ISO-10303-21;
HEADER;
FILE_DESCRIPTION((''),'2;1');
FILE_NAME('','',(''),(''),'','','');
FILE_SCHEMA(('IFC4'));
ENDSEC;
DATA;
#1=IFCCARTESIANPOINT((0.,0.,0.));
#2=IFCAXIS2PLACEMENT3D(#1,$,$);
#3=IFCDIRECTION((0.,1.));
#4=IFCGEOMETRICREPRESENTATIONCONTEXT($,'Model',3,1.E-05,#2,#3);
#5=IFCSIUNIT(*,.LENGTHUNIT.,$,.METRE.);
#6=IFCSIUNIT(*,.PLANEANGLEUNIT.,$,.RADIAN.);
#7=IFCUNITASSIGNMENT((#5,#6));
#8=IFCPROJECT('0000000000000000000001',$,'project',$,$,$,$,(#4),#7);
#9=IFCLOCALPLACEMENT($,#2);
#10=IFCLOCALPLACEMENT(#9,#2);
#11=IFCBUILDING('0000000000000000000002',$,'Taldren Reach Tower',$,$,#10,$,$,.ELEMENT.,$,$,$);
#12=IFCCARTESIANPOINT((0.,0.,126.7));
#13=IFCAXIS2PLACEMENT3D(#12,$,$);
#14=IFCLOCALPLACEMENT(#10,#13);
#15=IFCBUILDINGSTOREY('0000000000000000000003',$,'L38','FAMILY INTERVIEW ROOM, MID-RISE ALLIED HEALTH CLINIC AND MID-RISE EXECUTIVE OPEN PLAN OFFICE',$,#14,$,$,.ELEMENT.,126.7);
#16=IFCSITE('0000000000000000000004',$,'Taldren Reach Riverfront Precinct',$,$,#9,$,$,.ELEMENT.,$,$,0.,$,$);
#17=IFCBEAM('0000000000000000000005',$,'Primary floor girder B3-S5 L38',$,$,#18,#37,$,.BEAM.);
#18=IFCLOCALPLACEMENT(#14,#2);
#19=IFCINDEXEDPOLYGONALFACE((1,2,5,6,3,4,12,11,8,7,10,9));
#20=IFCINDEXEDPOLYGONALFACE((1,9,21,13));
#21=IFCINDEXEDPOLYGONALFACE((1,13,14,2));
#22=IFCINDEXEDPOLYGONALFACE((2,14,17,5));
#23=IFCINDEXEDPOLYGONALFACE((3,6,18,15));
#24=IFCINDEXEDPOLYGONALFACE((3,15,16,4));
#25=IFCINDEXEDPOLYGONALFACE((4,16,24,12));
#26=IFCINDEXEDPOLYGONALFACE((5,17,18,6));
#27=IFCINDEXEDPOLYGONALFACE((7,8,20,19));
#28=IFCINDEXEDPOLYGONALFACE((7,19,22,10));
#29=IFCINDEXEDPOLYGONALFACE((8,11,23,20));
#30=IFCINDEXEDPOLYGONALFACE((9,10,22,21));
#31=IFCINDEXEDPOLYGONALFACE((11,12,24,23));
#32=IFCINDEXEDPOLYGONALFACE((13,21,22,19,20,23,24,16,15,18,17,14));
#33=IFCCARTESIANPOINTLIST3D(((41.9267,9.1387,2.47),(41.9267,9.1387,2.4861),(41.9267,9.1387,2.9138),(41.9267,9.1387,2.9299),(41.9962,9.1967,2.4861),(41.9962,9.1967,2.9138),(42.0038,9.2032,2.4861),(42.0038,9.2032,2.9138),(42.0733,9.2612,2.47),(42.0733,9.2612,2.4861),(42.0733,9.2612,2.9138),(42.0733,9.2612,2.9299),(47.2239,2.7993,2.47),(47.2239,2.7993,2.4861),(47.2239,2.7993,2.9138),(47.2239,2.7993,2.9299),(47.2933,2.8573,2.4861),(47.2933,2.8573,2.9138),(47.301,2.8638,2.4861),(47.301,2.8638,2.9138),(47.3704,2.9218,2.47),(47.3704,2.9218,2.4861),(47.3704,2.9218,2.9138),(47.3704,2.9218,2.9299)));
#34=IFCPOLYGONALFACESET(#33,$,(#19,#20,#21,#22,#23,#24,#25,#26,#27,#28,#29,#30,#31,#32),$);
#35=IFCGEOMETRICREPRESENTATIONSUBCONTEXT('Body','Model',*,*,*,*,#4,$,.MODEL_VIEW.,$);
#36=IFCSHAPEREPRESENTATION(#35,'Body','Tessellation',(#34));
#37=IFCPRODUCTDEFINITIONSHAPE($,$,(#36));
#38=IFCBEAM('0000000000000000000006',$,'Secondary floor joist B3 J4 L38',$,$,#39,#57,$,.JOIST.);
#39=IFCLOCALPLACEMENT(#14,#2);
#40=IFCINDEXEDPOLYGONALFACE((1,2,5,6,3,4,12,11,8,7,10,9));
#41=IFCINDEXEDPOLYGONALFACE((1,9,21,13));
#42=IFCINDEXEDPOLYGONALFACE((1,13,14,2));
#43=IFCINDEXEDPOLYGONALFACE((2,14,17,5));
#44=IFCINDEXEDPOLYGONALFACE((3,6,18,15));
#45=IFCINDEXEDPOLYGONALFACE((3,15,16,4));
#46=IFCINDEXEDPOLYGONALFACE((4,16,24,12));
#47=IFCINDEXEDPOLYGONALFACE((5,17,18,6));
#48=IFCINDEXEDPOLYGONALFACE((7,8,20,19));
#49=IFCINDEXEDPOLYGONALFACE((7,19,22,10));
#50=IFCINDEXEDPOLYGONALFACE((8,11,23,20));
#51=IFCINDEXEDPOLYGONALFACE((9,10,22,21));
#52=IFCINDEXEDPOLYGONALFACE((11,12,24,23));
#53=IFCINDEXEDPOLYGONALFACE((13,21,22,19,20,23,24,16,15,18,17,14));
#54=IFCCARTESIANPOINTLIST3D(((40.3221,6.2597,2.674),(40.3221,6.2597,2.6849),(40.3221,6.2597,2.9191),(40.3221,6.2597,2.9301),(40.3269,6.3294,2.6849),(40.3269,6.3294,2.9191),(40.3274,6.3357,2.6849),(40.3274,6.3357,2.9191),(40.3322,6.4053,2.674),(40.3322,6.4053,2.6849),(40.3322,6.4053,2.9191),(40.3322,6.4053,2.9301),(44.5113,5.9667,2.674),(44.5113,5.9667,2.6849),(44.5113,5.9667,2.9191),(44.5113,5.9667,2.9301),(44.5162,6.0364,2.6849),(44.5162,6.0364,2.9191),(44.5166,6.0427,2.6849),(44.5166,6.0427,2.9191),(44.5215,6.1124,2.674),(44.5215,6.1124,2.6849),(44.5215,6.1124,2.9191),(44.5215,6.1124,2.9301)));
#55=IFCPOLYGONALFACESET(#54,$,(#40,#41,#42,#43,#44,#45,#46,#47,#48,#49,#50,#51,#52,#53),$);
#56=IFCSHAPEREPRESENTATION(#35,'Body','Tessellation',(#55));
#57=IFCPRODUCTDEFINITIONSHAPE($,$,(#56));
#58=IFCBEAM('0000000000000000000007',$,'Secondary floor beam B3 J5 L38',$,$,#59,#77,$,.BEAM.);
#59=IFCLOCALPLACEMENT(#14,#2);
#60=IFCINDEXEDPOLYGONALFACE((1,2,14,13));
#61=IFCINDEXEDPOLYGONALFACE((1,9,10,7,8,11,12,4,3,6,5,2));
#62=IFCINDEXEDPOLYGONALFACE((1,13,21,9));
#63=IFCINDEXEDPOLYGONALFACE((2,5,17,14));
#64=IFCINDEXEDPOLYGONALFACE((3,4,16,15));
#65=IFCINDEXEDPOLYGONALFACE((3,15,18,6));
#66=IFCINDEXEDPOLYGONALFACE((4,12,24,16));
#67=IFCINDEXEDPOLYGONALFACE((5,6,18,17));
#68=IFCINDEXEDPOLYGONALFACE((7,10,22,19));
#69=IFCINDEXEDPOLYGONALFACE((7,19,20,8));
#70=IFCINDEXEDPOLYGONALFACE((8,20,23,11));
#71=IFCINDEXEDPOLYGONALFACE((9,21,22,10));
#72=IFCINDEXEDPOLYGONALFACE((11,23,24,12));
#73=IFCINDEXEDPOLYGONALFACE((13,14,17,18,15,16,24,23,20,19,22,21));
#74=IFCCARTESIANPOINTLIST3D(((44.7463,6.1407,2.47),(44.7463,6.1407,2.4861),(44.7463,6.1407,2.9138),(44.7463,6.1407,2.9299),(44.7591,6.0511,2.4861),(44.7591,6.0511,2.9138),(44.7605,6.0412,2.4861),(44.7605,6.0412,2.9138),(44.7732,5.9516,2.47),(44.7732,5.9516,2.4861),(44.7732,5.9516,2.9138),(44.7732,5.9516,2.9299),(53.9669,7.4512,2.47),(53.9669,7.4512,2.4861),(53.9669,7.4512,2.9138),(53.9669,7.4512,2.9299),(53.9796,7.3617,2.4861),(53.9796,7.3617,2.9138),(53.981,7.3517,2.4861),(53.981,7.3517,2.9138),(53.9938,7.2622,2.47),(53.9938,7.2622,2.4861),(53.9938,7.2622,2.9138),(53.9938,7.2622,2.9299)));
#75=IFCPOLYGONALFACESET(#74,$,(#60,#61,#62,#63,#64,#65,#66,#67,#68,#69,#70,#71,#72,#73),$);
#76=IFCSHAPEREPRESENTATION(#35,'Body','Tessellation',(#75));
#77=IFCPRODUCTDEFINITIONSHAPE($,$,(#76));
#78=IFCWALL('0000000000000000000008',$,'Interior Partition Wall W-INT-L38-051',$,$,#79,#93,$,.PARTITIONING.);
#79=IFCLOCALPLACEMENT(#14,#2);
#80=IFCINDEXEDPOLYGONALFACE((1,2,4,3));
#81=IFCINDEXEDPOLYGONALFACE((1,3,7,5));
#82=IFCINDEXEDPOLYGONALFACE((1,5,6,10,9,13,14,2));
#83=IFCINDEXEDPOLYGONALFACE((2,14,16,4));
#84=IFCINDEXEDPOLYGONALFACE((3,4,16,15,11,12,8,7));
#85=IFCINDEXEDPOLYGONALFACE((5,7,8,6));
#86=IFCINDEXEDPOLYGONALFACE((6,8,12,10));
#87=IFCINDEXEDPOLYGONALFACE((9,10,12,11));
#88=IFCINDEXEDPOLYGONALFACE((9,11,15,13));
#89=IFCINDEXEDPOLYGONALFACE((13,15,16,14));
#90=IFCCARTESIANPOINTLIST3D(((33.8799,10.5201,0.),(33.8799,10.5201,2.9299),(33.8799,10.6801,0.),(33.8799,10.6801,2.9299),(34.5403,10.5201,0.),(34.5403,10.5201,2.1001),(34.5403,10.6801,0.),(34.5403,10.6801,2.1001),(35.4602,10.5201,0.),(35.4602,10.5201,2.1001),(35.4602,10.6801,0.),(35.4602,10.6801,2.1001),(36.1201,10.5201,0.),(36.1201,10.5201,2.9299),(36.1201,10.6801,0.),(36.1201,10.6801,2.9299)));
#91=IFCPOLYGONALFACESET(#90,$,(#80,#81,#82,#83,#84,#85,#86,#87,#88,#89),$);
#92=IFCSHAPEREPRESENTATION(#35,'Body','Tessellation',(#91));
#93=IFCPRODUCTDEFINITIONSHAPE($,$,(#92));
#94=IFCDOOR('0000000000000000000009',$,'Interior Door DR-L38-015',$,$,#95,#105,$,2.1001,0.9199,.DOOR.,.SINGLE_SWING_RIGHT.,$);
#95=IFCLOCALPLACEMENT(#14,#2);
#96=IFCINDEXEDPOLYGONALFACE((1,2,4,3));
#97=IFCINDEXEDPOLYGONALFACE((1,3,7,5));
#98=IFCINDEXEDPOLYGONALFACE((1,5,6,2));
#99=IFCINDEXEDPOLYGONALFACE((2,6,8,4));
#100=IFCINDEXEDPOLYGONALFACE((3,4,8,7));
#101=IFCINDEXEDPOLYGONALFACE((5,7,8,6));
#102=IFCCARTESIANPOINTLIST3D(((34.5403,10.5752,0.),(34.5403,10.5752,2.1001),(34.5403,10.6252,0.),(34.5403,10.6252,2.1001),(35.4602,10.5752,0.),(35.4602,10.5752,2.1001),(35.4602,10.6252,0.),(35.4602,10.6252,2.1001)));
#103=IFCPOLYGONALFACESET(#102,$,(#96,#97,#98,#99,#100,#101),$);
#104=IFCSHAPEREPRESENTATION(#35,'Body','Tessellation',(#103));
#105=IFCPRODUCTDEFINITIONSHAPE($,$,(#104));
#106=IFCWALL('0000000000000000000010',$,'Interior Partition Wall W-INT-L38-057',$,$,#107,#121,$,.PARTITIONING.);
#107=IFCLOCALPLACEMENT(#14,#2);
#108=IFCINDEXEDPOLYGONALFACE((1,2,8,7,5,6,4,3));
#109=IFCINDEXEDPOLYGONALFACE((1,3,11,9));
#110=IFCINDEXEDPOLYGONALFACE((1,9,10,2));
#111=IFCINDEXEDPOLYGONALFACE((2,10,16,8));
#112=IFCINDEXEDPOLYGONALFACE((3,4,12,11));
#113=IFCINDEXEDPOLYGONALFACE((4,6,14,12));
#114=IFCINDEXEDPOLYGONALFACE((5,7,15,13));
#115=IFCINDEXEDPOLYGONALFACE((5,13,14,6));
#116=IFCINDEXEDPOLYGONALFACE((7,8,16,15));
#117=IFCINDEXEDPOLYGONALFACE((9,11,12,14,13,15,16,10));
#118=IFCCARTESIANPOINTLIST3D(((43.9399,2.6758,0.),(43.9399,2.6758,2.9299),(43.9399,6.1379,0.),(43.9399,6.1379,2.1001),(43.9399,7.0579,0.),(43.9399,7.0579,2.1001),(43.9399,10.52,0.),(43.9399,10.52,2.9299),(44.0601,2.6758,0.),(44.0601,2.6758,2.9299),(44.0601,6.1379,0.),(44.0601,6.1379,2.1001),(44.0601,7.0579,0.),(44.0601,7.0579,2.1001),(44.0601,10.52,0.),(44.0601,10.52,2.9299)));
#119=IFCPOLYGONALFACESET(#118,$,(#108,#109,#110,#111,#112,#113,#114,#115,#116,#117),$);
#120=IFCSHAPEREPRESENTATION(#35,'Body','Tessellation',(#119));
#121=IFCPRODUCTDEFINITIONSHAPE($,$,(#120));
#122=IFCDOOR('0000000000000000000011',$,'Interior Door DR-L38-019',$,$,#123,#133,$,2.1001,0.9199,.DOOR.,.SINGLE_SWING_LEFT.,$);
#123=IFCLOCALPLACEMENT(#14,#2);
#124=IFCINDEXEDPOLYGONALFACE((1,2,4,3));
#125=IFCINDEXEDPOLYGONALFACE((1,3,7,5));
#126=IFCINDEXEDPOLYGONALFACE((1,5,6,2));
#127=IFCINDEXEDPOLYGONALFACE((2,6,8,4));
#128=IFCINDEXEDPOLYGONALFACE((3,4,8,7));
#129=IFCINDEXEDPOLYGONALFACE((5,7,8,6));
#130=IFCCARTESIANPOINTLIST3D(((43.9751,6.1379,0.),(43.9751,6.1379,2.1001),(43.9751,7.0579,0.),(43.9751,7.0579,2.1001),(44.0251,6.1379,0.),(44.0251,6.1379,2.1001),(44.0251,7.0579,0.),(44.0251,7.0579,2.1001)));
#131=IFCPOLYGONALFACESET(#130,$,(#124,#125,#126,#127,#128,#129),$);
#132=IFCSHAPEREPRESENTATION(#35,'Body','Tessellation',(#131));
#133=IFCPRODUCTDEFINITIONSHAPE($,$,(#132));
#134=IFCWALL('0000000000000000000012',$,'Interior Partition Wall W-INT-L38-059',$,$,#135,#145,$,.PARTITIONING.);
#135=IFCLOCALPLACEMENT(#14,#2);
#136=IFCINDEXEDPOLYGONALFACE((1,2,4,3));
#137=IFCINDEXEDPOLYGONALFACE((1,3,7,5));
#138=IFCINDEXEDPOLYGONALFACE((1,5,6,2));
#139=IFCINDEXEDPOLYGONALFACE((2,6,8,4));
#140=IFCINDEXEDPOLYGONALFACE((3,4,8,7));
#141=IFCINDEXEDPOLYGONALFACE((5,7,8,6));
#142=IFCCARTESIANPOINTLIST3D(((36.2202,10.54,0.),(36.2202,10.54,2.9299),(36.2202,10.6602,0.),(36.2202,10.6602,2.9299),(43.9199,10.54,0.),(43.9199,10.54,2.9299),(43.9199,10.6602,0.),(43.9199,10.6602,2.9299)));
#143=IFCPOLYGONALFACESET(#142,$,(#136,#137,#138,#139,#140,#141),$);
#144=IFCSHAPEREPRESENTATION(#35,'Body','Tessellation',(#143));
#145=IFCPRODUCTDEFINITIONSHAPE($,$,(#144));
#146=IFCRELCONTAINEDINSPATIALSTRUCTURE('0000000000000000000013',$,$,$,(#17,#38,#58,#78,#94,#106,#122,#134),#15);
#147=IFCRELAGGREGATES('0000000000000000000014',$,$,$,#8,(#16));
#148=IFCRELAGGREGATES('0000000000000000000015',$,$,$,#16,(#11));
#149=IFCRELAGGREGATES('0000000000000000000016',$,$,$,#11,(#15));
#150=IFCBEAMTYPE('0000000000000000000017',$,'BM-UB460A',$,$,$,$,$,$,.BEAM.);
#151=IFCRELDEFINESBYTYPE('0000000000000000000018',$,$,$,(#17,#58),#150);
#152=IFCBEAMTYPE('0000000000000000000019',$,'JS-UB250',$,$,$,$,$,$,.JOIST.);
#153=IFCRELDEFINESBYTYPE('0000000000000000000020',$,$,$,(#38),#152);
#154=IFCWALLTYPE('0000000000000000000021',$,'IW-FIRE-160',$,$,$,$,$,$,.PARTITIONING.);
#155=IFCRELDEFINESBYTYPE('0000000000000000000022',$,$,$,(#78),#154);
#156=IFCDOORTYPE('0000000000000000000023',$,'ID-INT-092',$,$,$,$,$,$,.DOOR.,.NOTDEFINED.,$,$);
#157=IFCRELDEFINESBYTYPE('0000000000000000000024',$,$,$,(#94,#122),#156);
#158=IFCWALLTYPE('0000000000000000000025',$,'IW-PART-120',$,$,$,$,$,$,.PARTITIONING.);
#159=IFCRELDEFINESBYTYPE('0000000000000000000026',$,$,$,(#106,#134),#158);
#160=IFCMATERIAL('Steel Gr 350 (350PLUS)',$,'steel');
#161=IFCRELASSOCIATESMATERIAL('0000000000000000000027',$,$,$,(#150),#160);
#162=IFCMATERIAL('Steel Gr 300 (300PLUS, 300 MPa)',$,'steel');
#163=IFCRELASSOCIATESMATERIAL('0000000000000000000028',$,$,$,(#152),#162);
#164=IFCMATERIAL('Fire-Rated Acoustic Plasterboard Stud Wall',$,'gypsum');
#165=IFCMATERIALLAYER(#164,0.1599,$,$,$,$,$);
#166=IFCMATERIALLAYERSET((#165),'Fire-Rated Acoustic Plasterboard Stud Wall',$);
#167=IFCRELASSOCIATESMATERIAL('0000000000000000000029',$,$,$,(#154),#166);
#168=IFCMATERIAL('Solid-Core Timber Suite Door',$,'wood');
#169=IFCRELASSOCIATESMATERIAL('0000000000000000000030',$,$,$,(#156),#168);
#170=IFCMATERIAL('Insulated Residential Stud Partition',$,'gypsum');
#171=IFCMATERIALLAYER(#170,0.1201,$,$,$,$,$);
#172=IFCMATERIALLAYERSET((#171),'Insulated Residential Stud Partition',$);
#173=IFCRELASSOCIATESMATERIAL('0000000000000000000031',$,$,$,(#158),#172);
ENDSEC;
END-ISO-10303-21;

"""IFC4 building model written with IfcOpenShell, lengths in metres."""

from ifc_helpers import new_model, si_unit, direction, frame, frame_2d, origin, origin_2d, place, context, subcontext, project, spatial, rectangle, i_section, extrude, source, transform, mapped, material, layer, layer_set, material_profile, profile_set, type_object, element, fill, save


model = new_model("IFC4")

# Units and contexts
model_context = context("Model", 3, precision=1e-05, world=origin(), true_north=direction((0.0, 1.0)))
body_context = subcontext(model_context, "Body", "Model", "MODEL_VIEW")
ifc_project = project(units=[si_unit("LENGTHUNIT", "METRE"), si_unit("PLANEANGLEUNIT", "RADIAN")], contexts=[model_context])

# Site, building, storey
site_placement = place(None, origin())
site = spatial("IfcSite", under=ifc_project, at=site_placement, Name="Taldren Reach Riverfront Precinct", CompositionType="ELEMENT", RefElevation=0.0)
building_placement = place(site_placement, origin())
building = spatial("IfcBuilding", under=site, at=building_placement, Name="Taldren Reach Tower", CompositionType="ELEMENT")
storey_placement = place(building_placement, frame((0.0, 0.0, 126.7)))
storey = spatial("IfcBuildingStorey", under=building, at=storey_placement, Name="L38", Description="FAMILY INTERVIEW ROOM, MID-RISE ALLIED HEALTH CLINIC AND MID-RISE EXECUTIVE OPEN PLAN OFFICE", CompositionType="ELEMENT", Elevation=126.7)

# Shared definitions
ifc_material_1 = material(Name="Steel Gr 350 (350PLUS)", Category="steel")

# Beams
ifc_material_profile_1 = material_profile(ifc_material_1, i_section(OverallWidth=0.1909, OverallDepth=0.46, WebThickness=0.01, FlangeThickness=0.0161, at=origin_2d()), Name="460UB82.1")
ifc_profile_set_1 = profile_set([ifc_material_profile_1], Name="Steel Gr 350 (350PLUS)")
beam_type_1 = type_object("IfcBeamType", Name="BM-UB460A", PredefinedType="BEAM", material=ifc_profile_set_1)
shared_shape_1 = source(origin(), body_context, "Body", "SweptSolid", [
    extrude(i_section(OverallWidth=0.1909, OverallDepth=0.46, WebThickness=0.01, FlangeThickness=0.0161, at=origin_2d()), origin(), (0.0, 0.0, 1.0), 8.2612),
])
beam_1_placement = place(storey_placement, frame((42.0, 9.2, 2.7), z_axis=(0.641207, -0.767368, 0.0), x_axis=(0.767368, 0.641207, 0.0)))
element("IfcBeam", 1, at=beam_1_placement, inside=storey, type_object=beam_type_1, Name="Primary floor girder B3-S5 L38", PredefinedType="BEAM", context=body_context, shape_type="MappedRepresentation", body=[
    mapped(shared_shape_1, transform((0.0, 0.0, 0.0), scale=1.0)),
])
ifc_material_2 = material(Name="Steel Gr 300 (300PLUS, 300 MPa)", Category="steel")
ifc_material_profile_2 = material_profile(ifc_material_2, i_section(OverallWidth=0.146, OverallDepth=0.2561, WebThickness=0.0063, FlangeThickness=0.011, at=origin_2d()), Name="250UB37.3")
ifc_profile_set_2 = profile_set([ifc_material_profile_2], Name="Steel Gr 300 (300PLUS, 300 MPa)")
beam_type_2 = type_object("IfcBeamType", Name="JS-UB250", PredefinedType="JOIST", material=ifc_profile_set_2)
shared_shape_2 = source(origin(), body_context, "Body", "SweptSolid", [
    extrude(i_section(OverallWidth=0.146, OverallDepth=0.2561, WebThickness=0.0063, FlangeThickness=0.011, at=origin_2d()), origin(), (0.0, 0.0, 1.0), 4.1995),
])
beam_2_placement = place(storey_placement, frame((40.3271, 6.3325, 2.802), z_axis=(0.997564, -0.069764, 0.0), x_axis=(0.069764, 0.997564, 0.0)))
element("IfcBeam", 2, at=beam_2_placement, inside=storey, type_object=beam_type_2, Name="Secondary floor joist B3 J4 L38", PredefinedType="JOIST", context=body_context, shape_type="MappedRepresentation", body=[
    mapped(shared_shape_2, transform((0.0, 0.0, 0.0), scale=1.0)),
])
shared_shape_3 = source(origin(), body_context, "Body", "SweptSolid", [
    extrude(i_section(OverallWidth=0.1909, OverallDepth=0.46, WebThickness=0.01, FlangeThickness=0.0161, at=origin_2d()), origin(), (0.0, 0.0, 1.0), 9.3132),
])
beam_3_placement = place(storey_placement, frame((44.7598, 6.0461, 2.7), z_axis=(0.990049, 0.14072, 0.0), x_axis=(-0.14072, 0.990049, 0.0)))
element("IfcBeam", 3, at=beam_3_placement, inside=storey, type_object=beam_type_1, Name="Secondary floor beam B3 J5 L38", PredefinedType="BEAM", context=body_context, shape_type="MappedRepresentation", body=[
    mapped(shared_shape_3, transform((0.0, 0.0, 0.0), scale=1.0)),
])

# Walls, openings, doors
ifc_material_3 = material(Name="Fire-Rated Acoustic Plasterboard Stud Wall", Category="gypsum")
ifc_layer_1 = layer(ifc_material_3, 0.1599)
ifc_layer_set_1 = layer_set([ifc_layer_1], Name="Fire-Rated Acoustic Plasterboard Stud Wall")
wall_type_1 = type_object("IfcWallType", Name="IW-FIRE-160", PredefinedType="PARTITIONING", material=ifc_layer_set_1)
shared_shape_4 = source(origin(), body_context, "Body", "SweptSolid", [
    extrude(rectangle(XDim=2.2402, YDim=0.1599, at=frame_2d((1.1201, 0.0))), origin(), (0.0, 0.0, 1.0), 2.9299),
])
wall_1_placement = place(storey_placement, frame((36.1201, 10.6001, 0.0), z_axis=(0.0, 0.0, 1.0), x_axis=(-1.0, 0.0, 0.0)))
wall_1 = element("IfcWall", 4, at=wall_1_placement, inside=storey, type_object=wall_type_1, Name="Interior Partition Wall W-INT-L38-051", PredefinedType="PARTITIONING", context=body_context, shape_type="MappedRepresentation", body=[
    mapped(shared_shape_4, transform((0.0, 0.0, 0.0), scale=1.0)),
])
shared_shape_5 = source(origin(), body_context, "Body", "SweptSolid", [
    extrude(rectangle(XDim=0.9199, YDim=2.1001, at=frame_2d((0.46, 1.05))), frame((0.0, 0.0898, 0.0), z_axis=(0.0, -1.0, 0.0), x_axis=(1.0, 0.0, 0.0)), (0.0, 0.0, 1.0), 0.1799),
])
opening_1_placement = place(wall_1_placement, frame((0.6599, 0.0, 0.0)))
opening_1 = element("IfcOpeningElement", 5, at=opening_1_placement, cuts=wall_1, PredefinedType="OPENING", context=body_context, shape_type="MappedRepresentation", body=[
    mapped(shared_shape_5, transform((0.0, 0.0, 0.0), scale=1.0)),
])
ifc_material_4 = material(Name="Solid-Core Timber Suite Door", Category="wood")
door_type = type_object("IfcDoorType", Name="ID-INT-092", OperationType="NOTDEFINED", PredefinedType="DOOR", material=ifc_material_4)
shared_shape_6 = source(origin(), body_context, "Body", "SweptSolid", [
    extrude(rectangle(XDim=0.9199, YDim=2.1001, at=frame_2d((0.46, 1.05))), frame((0.0, 0.0249, 0.0), z_axis=(0.0, -1.0, 0.0), x_axis=(1.0, 0.0, 0.0)), (0.0, 0.0, 1.0), 0.05),
])
door_1_placement = place(opening_1_placement, origin())
door_1 = element("IfcDoor", 6, at=door_1_placement, inside=storey, type_object=door_type, Name="Interior Door DR-L38-015", OperationType="SINGLE_SWING_RIGHT", OverallHeight=2.1001, OverallWidth=0.9199, PredefinedType="DOOR", context=body_context, shape_type="MappedRepresentation", body=[
    mapped(shared_shape_6, transform((0.0, 0.0, 0.0), scale=1.0)),
])
fill(opening_1, door_1)
ifc_material_5 = material(Name="Insulated Residential Stud Partition", Category="gypsum")
ifc_layer_2 = layer(ifc_material_5, 0.1201)
ifc_layer_set_2 = layer_set([ifc_layer_2], Name="Insulated Residential Stud Partition")
wall_type_2 = type_object("IfcWallType", Name="IW-PART-120", PredefinedType="PARTITIONING", material=ifc_layer_set_2)
shared_shape_7 = source(origin(), body_context, "Body", "SweptSolid", [
    extrude(rectangle(XDim=7.8442, YDim=0.1201, at=frame_2d((3.9221, 0.0))), origin(), (0.0, 0.0, 1.0), 2.9299),
])
wall_2_placement = place(storey_placement, frame((44.0, 10.52, 0.0), z_axis=(0.0, 0.0, 1.0), x_axis=(0.0, -1.0, 0.0)))
wall_2 = element("IfcWall", 7, at=wall_2_placement, inside=storey, type_object=wall_type_2, Name="Interior Partition Wall W-INT-L38-057", PredefinedType="PARTITIONING", context=body_context, shape_type="MappedRepresentation", body=[
    mapped(shared_shape_7, transform((0.0, 0.0, 0.0), scale=1.0)),
])
shared_shape_8 = source(origin(), body_context, "Body", "SweptSolid", [
    extrude(rectangle(XDim=0.9199, YDim=2.1001, at=frame_2d((0.46, 1.05))), frame((0.0, 0.0701, 0.0), z_axis=(0.0, -1.0, 0.0), x_axis=(1.0, 0.0, 0.0)), (0.0, 0.0, 1.0), 0.1401),
])
opening_2_placement = place(wall_2_placement, frame((3.4622, 0.0, 0.0)))
opening_2 = element("IfcOpeningElement", 8, at=opening_2_placement, cuts=wall_2, PredefinedType="OPENING", context=body_context, shape_type="MappedRepresentation", body=[
    mapped(shared_shape_8, transform((0.0, 0.0, 0.0), scale=1.0)),
])
door_2_placement = place(opening_2_placement, frame((0.9199, 0.0, 0.0), z_axis=(0.0, 0.0, 1.0), x_axis=(-1.0, 0.0, 0.0)))
door_2 = element("IfcDoor", 9, at=door_2_placement, inside=storey, type_object=door_type, Name="Interior Door DR-L38-019", OperationType="SINGLE_SWING_LEFT", OverallHeight=2.1001, OverallWidth=0.9199, PredefinedType="DOOR", context=body_context, shape_type="MappedRepresentation", body=[
    mapped(shared_shape_6, transform((0.0, 0.0, 0.0), scale=1.0)),
])
fill(opening_2, door_2)

# Wall
shared_shape_9 = source(origin(), body_context, "Body", "SweptSolid", [
    extrude(rectangle(XDim=7.6997, YDim=0.1201, at=frame_2d((3.8499, 0.0))), origin(), (0.0, 0.0, 1.0), 2.9299),
])
wall_3_placement = place(storey_placement, frame((36.2202, 10.6001, 0.0), z_axis=(0.0, 0.0, 1.0), x_axis=(1.0, 0.0, 0.0)))
element("IfcWall", 10, at=wall_3_placement, inside=storey, type_object=wall_type_2, Name="Interior Partition Wall W-INT-L38-059", PredefinedType="PARTITIONING", context=body_context, shape_type="MappedRepresentation", body=[
    mapped(shared_shape_9, transform((0.0, 0.0, 0.0), scale=1.0)),
])

save(model, "model.ifc")
